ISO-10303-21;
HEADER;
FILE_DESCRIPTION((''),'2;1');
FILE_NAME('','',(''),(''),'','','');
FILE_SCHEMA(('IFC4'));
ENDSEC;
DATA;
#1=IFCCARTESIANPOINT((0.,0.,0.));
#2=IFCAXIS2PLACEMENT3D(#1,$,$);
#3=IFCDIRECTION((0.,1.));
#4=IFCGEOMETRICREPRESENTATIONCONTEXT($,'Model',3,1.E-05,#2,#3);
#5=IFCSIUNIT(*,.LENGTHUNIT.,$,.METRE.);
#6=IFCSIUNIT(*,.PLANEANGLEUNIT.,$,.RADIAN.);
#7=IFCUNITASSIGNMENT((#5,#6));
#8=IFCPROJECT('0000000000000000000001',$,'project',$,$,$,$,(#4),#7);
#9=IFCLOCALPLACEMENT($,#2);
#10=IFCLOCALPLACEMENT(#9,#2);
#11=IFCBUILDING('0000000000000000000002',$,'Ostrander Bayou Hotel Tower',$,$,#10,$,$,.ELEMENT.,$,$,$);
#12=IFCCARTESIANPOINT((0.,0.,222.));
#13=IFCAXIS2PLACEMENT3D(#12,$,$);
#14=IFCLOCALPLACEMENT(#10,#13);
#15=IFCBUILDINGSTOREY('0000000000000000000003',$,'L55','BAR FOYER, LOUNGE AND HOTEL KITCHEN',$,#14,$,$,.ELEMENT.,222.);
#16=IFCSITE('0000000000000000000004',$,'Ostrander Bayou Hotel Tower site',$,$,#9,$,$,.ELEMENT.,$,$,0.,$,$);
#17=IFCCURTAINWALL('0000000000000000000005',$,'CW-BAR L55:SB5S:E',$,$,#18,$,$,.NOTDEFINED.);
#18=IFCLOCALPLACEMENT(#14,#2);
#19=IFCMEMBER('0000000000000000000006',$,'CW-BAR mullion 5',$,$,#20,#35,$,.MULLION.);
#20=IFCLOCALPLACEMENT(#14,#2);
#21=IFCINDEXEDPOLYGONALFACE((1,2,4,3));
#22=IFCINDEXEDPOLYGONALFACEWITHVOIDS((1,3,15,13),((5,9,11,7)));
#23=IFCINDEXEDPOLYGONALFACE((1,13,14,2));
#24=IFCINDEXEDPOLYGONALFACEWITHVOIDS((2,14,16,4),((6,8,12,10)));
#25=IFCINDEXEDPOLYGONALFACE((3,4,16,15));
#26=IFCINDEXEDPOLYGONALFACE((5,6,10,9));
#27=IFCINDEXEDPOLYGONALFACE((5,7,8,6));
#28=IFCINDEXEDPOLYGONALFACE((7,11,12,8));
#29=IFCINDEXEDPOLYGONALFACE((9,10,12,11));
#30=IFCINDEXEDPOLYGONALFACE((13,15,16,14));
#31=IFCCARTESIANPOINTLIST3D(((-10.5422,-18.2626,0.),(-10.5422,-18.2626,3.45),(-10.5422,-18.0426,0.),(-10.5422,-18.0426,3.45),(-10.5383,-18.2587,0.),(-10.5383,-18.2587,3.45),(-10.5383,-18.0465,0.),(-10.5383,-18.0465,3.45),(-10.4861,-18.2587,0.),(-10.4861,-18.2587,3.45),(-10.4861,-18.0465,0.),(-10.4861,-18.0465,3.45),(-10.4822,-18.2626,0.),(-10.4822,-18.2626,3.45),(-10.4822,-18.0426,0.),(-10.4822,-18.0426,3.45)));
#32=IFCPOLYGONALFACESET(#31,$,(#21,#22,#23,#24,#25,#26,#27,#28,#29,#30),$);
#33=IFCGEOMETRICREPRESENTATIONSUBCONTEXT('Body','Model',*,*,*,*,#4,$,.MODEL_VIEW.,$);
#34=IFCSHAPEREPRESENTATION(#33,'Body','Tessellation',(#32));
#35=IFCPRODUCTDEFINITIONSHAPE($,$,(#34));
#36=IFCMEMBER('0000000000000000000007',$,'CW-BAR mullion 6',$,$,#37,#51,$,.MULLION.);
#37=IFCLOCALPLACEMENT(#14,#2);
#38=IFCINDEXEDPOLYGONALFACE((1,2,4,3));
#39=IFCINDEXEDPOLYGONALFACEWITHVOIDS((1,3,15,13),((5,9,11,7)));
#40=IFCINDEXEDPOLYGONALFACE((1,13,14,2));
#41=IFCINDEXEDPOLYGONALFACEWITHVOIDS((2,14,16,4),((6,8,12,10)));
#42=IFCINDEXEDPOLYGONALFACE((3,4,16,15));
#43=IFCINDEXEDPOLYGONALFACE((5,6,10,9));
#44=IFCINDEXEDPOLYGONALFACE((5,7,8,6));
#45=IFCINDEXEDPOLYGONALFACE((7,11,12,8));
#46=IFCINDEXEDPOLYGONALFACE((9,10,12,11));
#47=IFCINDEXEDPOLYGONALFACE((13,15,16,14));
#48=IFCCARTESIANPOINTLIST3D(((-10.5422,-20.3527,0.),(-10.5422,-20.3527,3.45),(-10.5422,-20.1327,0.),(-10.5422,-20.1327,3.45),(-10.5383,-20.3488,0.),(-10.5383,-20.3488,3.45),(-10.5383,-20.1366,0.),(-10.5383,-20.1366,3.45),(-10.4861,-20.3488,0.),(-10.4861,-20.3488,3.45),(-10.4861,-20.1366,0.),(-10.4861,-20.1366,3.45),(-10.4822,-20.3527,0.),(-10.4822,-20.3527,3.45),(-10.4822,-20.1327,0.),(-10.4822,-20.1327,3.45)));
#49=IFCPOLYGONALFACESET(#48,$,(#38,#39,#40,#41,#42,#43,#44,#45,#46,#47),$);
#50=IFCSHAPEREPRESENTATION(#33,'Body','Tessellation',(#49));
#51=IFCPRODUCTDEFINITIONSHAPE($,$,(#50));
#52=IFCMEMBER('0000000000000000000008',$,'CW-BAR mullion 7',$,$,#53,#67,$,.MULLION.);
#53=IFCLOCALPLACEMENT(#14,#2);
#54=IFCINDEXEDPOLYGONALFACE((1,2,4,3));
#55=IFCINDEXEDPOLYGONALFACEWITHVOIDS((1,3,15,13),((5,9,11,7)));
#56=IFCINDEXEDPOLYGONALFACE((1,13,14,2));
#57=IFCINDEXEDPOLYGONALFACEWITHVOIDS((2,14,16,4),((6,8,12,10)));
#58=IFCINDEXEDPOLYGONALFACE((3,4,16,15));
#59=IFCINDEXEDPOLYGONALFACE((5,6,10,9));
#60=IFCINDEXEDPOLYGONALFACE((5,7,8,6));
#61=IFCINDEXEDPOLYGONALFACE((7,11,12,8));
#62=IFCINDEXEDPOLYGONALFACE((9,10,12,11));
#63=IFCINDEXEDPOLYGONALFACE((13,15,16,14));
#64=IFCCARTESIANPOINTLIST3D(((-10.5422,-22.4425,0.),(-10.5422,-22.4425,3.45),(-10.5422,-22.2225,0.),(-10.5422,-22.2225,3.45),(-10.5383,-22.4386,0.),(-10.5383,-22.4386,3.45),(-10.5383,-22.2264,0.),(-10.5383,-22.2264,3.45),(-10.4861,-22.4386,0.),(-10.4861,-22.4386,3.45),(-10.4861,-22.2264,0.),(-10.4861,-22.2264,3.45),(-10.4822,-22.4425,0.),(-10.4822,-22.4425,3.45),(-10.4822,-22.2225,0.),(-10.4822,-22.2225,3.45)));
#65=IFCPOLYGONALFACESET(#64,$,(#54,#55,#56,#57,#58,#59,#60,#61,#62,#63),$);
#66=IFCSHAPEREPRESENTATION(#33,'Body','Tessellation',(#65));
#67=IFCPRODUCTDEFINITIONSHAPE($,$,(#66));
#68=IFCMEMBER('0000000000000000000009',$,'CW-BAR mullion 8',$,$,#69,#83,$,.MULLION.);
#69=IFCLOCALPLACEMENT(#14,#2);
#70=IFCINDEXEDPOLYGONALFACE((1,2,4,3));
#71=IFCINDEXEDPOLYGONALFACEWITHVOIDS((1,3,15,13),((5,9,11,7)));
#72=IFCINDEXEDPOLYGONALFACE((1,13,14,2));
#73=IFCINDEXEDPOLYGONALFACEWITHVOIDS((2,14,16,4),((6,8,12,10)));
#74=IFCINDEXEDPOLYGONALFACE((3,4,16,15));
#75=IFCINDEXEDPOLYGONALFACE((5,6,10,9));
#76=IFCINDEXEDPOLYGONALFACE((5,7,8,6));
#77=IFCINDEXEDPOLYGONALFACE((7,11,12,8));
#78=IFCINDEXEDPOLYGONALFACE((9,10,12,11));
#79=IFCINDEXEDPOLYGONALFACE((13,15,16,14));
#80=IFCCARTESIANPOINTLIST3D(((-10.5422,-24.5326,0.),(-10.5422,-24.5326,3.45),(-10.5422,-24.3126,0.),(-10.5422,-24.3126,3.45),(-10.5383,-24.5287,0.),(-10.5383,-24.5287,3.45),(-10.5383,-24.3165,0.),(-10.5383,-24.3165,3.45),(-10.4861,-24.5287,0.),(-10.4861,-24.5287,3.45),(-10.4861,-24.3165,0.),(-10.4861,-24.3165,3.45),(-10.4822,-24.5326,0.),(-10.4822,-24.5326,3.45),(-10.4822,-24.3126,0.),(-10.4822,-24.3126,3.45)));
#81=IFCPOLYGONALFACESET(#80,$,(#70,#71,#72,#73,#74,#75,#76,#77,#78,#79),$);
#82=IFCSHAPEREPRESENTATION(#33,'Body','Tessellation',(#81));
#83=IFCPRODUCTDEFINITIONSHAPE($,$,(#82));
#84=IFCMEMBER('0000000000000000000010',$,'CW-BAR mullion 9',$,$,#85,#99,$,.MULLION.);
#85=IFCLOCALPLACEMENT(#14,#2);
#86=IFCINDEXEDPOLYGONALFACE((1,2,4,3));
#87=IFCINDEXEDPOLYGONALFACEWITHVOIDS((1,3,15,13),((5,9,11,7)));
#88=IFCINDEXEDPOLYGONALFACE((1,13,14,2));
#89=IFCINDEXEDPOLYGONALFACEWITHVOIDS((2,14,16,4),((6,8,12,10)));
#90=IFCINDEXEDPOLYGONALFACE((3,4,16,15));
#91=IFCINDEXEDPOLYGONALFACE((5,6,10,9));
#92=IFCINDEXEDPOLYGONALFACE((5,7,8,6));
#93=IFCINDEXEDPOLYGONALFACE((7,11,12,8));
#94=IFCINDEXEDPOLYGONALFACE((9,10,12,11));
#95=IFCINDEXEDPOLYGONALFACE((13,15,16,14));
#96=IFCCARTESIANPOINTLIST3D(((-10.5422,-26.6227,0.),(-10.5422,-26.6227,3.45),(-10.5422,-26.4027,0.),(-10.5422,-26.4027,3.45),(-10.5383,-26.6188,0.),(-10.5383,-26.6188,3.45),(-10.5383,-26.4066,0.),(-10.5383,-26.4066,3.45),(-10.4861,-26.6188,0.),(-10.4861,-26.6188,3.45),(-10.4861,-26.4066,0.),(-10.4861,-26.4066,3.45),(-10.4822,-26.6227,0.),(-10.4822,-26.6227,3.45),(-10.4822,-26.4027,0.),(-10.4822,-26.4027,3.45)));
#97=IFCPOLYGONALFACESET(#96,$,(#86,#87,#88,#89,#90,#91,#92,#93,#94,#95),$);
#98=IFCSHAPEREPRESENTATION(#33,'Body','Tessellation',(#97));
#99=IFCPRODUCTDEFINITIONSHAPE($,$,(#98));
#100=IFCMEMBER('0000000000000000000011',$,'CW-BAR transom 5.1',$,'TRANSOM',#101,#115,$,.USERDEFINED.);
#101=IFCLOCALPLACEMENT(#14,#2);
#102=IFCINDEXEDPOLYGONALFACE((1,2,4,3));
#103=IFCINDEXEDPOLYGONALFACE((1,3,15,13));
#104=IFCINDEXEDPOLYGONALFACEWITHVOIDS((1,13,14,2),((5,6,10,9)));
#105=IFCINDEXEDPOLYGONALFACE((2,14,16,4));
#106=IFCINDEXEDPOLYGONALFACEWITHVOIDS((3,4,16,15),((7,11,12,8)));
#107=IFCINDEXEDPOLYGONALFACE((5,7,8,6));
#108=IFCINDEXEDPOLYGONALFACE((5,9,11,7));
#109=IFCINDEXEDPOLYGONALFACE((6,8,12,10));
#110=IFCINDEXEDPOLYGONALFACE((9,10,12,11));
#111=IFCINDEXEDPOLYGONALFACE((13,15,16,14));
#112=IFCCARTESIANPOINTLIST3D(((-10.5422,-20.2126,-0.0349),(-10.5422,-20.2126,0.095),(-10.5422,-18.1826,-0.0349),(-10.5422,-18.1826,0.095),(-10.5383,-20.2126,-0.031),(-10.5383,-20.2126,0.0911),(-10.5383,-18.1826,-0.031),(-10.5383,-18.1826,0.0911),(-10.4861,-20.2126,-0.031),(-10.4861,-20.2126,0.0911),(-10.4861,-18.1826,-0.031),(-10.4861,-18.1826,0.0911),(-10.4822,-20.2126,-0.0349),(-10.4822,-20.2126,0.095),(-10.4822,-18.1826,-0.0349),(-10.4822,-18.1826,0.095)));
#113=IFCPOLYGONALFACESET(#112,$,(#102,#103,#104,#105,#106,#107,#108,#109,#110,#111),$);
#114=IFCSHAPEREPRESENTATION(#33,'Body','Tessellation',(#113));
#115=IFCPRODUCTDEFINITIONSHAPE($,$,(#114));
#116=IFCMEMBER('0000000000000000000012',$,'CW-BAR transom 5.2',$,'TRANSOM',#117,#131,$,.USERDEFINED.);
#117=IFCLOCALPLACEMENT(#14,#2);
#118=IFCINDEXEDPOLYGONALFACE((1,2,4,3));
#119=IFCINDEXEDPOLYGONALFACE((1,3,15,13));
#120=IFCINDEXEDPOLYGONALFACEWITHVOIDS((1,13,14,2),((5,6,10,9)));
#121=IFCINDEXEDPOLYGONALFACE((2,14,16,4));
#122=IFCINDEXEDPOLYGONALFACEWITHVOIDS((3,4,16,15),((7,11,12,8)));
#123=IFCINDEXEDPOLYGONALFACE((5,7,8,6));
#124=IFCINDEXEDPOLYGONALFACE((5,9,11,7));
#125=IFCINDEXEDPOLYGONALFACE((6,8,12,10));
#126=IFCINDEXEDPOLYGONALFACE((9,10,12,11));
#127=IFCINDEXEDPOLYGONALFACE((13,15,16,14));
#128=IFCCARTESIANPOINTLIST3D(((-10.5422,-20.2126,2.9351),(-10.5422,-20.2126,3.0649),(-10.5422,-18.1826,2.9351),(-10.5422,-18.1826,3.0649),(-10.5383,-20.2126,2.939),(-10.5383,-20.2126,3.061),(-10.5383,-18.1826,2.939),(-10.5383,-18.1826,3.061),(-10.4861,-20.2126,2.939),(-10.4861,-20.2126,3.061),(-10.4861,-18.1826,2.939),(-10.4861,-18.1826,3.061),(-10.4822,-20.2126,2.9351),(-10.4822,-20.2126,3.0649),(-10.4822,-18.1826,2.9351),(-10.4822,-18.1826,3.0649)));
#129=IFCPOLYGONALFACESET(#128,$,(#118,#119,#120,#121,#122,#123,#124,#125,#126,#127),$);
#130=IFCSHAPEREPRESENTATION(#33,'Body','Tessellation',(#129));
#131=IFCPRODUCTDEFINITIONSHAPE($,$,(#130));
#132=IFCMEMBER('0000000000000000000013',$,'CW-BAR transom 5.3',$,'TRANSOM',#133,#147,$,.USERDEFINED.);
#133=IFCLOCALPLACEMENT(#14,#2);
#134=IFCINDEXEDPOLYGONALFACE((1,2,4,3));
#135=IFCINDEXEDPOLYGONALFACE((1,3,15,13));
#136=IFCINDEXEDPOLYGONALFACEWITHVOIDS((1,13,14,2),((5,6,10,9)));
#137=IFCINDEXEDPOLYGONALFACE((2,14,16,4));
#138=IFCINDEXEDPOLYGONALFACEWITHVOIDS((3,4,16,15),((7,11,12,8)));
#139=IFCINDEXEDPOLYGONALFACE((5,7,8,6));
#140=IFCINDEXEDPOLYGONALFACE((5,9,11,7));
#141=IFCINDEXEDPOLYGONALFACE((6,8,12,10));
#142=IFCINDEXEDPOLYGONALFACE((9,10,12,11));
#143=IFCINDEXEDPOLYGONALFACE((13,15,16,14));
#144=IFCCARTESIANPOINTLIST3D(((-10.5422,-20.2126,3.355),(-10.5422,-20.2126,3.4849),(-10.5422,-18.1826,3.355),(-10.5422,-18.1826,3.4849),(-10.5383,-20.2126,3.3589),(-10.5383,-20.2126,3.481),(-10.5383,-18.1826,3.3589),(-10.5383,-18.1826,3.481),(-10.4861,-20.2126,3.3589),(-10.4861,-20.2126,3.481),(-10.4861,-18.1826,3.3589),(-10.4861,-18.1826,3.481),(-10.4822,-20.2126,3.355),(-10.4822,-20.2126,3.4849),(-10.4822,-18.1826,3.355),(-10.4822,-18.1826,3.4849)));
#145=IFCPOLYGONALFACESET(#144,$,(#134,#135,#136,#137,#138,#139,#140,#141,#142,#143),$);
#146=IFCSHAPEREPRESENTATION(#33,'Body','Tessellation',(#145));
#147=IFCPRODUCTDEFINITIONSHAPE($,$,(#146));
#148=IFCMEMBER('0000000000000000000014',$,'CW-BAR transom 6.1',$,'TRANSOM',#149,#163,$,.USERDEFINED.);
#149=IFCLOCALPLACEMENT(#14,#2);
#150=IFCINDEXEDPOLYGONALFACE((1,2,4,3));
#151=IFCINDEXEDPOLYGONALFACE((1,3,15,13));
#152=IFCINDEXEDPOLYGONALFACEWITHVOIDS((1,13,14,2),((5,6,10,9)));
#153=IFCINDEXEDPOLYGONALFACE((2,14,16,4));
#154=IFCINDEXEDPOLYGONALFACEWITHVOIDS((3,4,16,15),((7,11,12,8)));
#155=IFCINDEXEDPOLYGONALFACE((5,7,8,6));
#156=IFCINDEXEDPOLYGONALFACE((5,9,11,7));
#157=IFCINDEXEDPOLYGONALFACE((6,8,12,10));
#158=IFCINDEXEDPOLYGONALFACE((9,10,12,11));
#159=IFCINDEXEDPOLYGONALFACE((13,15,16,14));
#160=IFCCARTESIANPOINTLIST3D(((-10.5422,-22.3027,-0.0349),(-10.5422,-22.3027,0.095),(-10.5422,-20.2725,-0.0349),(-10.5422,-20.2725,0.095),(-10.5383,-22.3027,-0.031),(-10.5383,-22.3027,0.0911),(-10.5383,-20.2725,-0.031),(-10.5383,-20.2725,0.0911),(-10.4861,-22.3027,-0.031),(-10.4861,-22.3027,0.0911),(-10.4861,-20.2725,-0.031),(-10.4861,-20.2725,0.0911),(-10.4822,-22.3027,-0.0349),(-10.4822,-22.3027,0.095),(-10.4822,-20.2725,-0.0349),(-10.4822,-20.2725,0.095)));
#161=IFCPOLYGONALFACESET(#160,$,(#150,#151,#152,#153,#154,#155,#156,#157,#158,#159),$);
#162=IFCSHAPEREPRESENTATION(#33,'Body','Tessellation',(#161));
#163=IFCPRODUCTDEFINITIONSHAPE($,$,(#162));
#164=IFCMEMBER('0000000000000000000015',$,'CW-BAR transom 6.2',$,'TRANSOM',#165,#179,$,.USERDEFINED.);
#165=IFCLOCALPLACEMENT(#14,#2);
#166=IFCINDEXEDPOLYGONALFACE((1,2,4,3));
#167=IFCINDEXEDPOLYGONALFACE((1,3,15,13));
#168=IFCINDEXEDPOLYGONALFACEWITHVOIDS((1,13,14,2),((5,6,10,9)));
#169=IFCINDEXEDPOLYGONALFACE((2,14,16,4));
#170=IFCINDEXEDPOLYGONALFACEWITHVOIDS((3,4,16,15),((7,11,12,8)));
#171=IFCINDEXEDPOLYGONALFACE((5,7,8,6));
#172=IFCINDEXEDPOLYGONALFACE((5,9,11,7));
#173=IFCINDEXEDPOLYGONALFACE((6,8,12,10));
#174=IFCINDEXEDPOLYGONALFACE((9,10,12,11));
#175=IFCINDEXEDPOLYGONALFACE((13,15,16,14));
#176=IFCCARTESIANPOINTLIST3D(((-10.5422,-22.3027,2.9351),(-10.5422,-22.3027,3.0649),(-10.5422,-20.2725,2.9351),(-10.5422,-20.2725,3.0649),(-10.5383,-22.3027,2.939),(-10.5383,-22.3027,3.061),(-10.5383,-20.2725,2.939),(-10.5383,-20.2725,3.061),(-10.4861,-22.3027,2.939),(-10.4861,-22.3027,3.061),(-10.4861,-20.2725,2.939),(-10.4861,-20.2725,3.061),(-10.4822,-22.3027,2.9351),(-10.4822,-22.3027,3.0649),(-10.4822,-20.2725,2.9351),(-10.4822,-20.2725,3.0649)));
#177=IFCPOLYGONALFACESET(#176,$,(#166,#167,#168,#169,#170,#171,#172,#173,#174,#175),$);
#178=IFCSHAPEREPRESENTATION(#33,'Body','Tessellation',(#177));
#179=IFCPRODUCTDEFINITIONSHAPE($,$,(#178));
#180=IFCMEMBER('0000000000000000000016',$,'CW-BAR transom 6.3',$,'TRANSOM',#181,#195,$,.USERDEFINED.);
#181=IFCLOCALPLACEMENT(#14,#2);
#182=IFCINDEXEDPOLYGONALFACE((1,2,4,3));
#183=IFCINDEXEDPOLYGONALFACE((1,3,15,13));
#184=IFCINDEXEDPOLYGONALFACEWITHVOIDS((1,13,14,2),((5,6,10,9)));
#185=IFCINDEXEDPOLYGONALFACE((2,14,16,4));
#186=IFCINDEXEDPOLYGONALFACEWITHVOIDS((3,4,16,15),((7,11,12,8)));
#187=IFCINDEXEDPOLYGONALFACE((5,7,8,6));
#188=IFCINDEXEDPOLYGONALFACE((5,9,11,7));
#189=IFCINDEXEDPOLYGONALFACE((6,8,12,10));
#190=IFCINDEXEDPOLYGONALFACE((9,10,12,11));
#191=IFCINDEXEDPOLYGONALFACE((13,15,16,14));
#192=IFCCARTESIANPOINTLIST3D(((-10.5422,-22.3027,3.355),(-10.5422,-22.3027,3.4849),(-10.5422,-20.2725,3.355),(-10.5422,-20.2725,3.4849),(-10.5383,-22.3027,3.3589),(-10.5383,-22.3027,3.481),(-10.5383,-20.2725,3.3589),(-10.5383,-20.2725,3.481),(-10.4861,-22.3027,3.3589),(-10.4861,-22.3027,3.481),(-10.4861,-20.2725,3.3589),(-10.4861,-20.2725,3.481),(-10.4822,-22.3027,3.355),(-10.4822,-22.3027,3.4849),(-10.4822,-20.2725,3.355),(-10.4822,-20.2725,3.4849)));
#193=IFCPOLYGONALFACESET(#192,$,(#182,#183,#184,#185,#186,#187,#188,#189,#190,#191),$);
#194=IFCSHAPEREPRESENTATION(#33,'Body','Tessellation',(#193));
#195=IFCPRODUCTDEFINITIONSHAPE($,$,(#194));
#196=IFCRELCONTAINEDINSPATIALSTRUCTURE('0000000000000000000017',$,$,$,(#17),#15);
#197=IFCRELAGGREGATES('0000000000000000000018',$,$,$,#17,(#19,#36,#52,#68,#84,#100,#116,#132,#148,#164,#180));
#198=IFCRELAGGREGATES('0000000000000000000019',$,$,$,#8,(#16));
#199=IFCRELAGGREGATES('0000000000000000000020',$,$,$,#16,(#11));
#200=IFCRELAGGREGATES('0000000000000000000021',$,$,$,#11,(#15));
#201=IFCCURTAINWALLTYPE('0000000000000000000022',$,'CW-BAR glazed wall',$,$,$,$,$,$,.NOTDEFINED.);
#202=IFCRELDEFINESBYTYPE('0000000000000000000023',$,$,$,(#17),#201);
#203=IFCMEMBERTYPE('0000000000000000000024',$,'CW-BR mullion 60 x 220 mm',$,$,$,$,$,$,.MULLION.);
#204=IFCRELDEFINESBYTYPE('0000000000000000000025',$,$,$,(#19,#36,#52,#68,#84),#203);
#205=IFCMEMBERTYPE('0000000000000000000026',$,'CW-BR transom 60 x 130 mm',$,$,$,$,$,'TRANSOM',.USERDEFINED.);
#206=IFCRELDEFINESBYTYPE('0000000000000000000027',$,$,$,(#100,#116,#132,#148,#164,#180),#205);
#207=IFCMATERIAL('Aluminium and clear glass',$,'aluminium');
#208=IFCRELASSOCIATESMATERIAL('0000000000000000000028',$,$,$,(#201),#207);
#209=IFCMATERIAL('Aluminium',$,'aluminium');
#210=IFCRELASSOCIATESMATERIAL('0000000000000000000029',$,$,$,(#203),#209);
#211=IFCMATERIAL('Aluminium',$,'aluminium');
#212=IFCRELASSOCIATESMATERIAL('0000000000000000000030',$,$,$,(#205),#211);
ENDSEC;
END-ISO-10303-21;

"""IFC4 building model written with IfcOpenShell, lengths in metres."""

from ifc_helpers import new_model, si_unit, direction, frame, origin, origin_2d, place, context, subcontext, project, spatial, hollow_rectangle, extrude, material, material_profile, profile_set, type_object, element, aggregate, save


model = new_model("IFC4")

# Units and contexts
model_context = context("Model", 3, precision=1e-05, world=origin(), true_north=direction((0.0, 1.0)))
body_context = subcontext(model_context, "Body", "Model", "MODEL_VIEW")
ifc_project = project(units=[si_unit("LENGTHUNIT", "METRE"), si_unit("PLANEANGLEUNIT", "RADIAN")], contexts=[model_context])

# Site, building, storey
site_placement = place(None, origin())
site = spatial("IfcSite", under=ifc_project, at=site_placement, Name="Ostrander Bayou Hotel Tower site", CompositionType="ELEMENT", RefElevation=0.0)
building_placement = place(site_placement, origin())
building = spatial("IfcBuilding", under=site, at=building_placement, Name="Ostrander Bayou Hotel Tower", CompositionType="ELEMENT")
storey_placement = place(building_placement, frame((0.0, 0.0, 222.0)))
storey = spatial("IfcBuildingStorey", under=building, at=storey_placement, Name="L55", Description="BAR FOYER, LOUNGE AND HOTEL KITCHEN", CompositionType="ELEMENT", Elevation=222.0)

# Curtain wall, members
ifc_material_1 = material(Name="Aluminium and clear glass", Category="aluminium")
curtain_wall_type = type_object("IfcCurtainWallType", Name="CW-BAR glazed wall", PredefinedType="NOTDEFINED", material=ifc_material_1)
curtain_wall_placement = place(storey_placement, origin())
curtain_wall = element("IfcCurtainWall", 1, at=curtain_wall_placement, inside=storey, type_object=curtain_wall_type, Name="CW-BAR L55:SB5S:E", PredefinedType="NOTDEFINED")
ifc_material_2 = material(Name="Aluminium", Category="aluminium")
ifc_material_profile_1 = material_profile(ifc_material_2, hollow_rectangle(XDim=0.0601, YDim=0.22, WallThickness=0.0039, at=origin_2d()))
ifc_profile_set_1 = profile_set([ifc_material_profile_1], Name="Aluminium")
member_type_1 = type_object("IfcMemberType", Name="CW-BR mullion 60 x 220 mm", PredefinedType="MULLION", material=ifc_profile_set_1)
member_1_placement = place(storey_placement, frame((-10.5122, -18.1526, 0.0), z_axis=(0.0, 0.0, 1.0), x_axis=(1.0, 0.0, 0.0)))
member_1 = element("IfcMember", 2, at=member_1_placement, type_object=member_type_1, Name="CW-BAR mullion 5", PredefinedType="MULLION", context=body_context, shape_type="SweptSolid", body=[
    extrude(hollow_rectangle(XDim=0.0601, YDim=0.22, WallThickness=0.0039, at=origin_2d()), origin(), (0.0, 0.0, 1.0), 3.45),
])
member_2_placement = place(storey_placement, frame((-10.5122, -20.2427, 0.0), z_axis=(0.0, 0.0, 1.0), x_axis=(1.0, 0.0, 0.0)))
member_2 = element("IfcMember", 3, at=member_2_placement, type_object=member_type_1, Name="CW-BAR mullion 6", PredefinedType="MULLION", context=body_context, shape_type="SweptSolid", body=[
    extrude(hollow_rectangle(XDim=0.0601, YDim=0.22, WallThickness=0.0039, at=origin_2d()), origin(), (0.0, 0.0, 1.0), 3.45),
])
member_3_placement = place(storey_placement, frame((-10.5122, -22.3325, 0.0), z_axis=(0.0, 0.0, 1.0), x_axis=(1.0, 0.0, 0.0)))
member_3 = element("IfcMember", 4, at=member_3_placement, type_object=member_type_1, Name="CW-BAR mullion 7", PredefinedType="MULLION", context=body_context, shape_type="SweptSolid", body=[
    extrude(hollow_rectangle(XDim=0.0601, YDim=0.22, WallThickness=0.0039, at=origin_2d()), origin(), (0.0, 0.0, 1.0), 3.45),
])
member_4_placement = place(storey_placement, frame((-10.5122, -24.4226, 0.0), z_axis=(0.0, 0.0, 1.0), x_axis=(1.0, 0.0, 0.0)))
member_4 = element("IfcMember", 5, at=member_4_placement, type_object=member_type_1, Name="CW-BAR mullion 8", PredefinedType="MULLION", context=body_context, shape_type="SweptSolid", body=[
    extrude(hollow_rectangle(XDim=0.0601, YDim=0.22, WallThickness=0.0039, at=origin_2d()), origin(), (0.0, 0.0, 1.0), 3.45),
])
member_5_placement = place(storey_placement, frame((-10.5122, -26.5127, 0.0), z_axis=(0.0, 0.0, 1.0), x_axis=(1.0, 0.0, 0.0)))
member_5 = element("IfcMember", 6, at=member_5_placement, type_object=member_type_1, Name="CW-BAR mullion 9", PredefinedType="MULLION", context=body_context, shape_type="SweptSolid", body=[
    extrude(hollow_rectangle(XDim=0.0601, YDim=0.22, WallThickness=0.0039, at=origin_2d()), origin(), (0.0, 0.0, 1.0), 3.45),
])
ifc_material_3 = material(Name="Aluminium", Category="aluminium")
ifc_material_profile_2 = material_profile(ifc_material_3, hollow_rectangle(XDim=0.0601, YDim=0.1299, WallThickness=0.0039, at=origin_2d()))
ifc_profile_set_2 = profile_set([ifc_material_profile_2], Name="Aluminium")
member_type_2 = type_object("IfcMemberType", Name="CW-BR transom 60 x 130 mm", ElementType="TRANSOM", PredefinedType="USERDEFINED", material=ifc_profile_set_2)
member_6_placement = place(storey_placement, frame((-10.5122, -18.1826, 0.03), z_axis=(0.0, -1.0, 0.0), x_axis=(1.0, 0.0, 0.0)))
member_6 = element("IfcMember", 7, at=member_6_placement, type_object=member_type_2, Name="CW-BAR transom 5.1", ObjectType="TRANSOM", PredefinedType="USERDEFINED", context=body_context, shape_type="SweptSolid", body=[
    extrude(hollow_rectangle(XDim=0.0601, YDim=0.1299, WallThickness=0.0039, at=origin_2d()), origin(), (0.0, 0.0, 1.0), 2.03),
])
member_7_placement = place(storey_placement, frame((-10.5122, -18.1826, 3.0), z_axis=(0.0, -1.0, 0.0), x_axis=(1.0, 0.0, 0.0)))
member_7 = element("IfcMember", 8, at=member_7_placement, type_object=member_type_2, Name="CW-BAR transom 5.2", ObjectType="TRANSOM", PredefinedType="USERDEFINED", context=body_context, shape_type="SweptSolid", body=[
    extrude(hollow_rectangle(XDim=0.0601, YDim=0.1299, WallThickness=0.0039, at=origin_2d()), origin(), (0.0, 0.0, 1.0), 2.03),
])
member_8_placement = place(storey_placement, frame((-10.5122, -18.1826, 3.4199), z_axis=(0.0, -1.0, 0.0), x_axis=(1.0, 0.0, 0.0)))
member_8 = element("IfcMember", 9, at=member_8_placement, type_object=member_type_2, Name="CW-BAR transom 5.3", ObjectType="TRANSOM", PredefinedType="USERDEFINED", context=body_context, shape_type="SweptSolid", body=[
    extrude(hollow_rectangle(XDim=0.0601, YDim=0.1299, WallThickness=0.0039, at=origin_2d()), origin(), (0.0, 0.0, 1.0), 2.03),
])
member_9_placement = place(storey_placement, frame((-10.5122, -20.2725, 0.03), z_axis=(0.0, -1.0, 0.0), x_axis=(1.0, 0.0, 0.0)))
member_9 = element("IfcMember", 10, at=member_9_placement, type_object=member_type_2, Name="CW-BAR transom 6.1", ObjectType="TRANSOM", PredefinedType="USERDEFINED", context=body_context, shape_type="SweptSolid", body=[
    extrude(hollow_rectangle(XDim=0.0601, YDim=0.1299, WallThickness=0.0039, at=origin_2d()), origin(), (0.0, 0.0, 1.0), 2.0303),
])
member_10_placement = place(storey_placement, frame((-10.5122, -20.2725, 3.0), z_axis=(0.0, -1.0, 0.0), x_axis=(1.0, 0.0, 0.0)))
member_10 = element("IfcMember", 11, at=member_10_placement, type_object=member_type_2, Name="CW-BAR transom 6.2", ObjectType="TRANSOM", PredefinedType="USERDEFINED", context=body_context, shape_type="SweptSolid", body=[
    extrude(hollow_rectangle(XDim=0.0601, YDim=0.1299, WallThickness=0.0039, at=origin_2d()), origin(), (0.0, 0.0, 1.0), 2.0303),
])
member_11_placement = place(storey_placement, frame((-10.5122, -20.2725, 3.4199), z_axis=(0.0, -1.0, 0.0), x_axis=(1.0, 0.0, 0.0)))
member_11 = element("IfcMember", 12, at=member_11_placement, type_object=member_type_2, Name="CW-BAR transom 6.3", ObjectType="TRANSOM", PredefinedType="USERDEFINED", context=body_context, shape_type="SweptSolid", body=[
    extrude(hollow_rectangle(XDim=0.0601, YDim=0.1299, WallThickness=0.0039, at=origin_2d()), origin(), (0.0, 0.0, 1.0), 2.0303),
])

aggregate(curtain_wall, [member_1, member_2, member_3, member_4, member_5, member_6, member_7, member_8, member_9, member_10, member_11])

save(model, "model.ifc")
